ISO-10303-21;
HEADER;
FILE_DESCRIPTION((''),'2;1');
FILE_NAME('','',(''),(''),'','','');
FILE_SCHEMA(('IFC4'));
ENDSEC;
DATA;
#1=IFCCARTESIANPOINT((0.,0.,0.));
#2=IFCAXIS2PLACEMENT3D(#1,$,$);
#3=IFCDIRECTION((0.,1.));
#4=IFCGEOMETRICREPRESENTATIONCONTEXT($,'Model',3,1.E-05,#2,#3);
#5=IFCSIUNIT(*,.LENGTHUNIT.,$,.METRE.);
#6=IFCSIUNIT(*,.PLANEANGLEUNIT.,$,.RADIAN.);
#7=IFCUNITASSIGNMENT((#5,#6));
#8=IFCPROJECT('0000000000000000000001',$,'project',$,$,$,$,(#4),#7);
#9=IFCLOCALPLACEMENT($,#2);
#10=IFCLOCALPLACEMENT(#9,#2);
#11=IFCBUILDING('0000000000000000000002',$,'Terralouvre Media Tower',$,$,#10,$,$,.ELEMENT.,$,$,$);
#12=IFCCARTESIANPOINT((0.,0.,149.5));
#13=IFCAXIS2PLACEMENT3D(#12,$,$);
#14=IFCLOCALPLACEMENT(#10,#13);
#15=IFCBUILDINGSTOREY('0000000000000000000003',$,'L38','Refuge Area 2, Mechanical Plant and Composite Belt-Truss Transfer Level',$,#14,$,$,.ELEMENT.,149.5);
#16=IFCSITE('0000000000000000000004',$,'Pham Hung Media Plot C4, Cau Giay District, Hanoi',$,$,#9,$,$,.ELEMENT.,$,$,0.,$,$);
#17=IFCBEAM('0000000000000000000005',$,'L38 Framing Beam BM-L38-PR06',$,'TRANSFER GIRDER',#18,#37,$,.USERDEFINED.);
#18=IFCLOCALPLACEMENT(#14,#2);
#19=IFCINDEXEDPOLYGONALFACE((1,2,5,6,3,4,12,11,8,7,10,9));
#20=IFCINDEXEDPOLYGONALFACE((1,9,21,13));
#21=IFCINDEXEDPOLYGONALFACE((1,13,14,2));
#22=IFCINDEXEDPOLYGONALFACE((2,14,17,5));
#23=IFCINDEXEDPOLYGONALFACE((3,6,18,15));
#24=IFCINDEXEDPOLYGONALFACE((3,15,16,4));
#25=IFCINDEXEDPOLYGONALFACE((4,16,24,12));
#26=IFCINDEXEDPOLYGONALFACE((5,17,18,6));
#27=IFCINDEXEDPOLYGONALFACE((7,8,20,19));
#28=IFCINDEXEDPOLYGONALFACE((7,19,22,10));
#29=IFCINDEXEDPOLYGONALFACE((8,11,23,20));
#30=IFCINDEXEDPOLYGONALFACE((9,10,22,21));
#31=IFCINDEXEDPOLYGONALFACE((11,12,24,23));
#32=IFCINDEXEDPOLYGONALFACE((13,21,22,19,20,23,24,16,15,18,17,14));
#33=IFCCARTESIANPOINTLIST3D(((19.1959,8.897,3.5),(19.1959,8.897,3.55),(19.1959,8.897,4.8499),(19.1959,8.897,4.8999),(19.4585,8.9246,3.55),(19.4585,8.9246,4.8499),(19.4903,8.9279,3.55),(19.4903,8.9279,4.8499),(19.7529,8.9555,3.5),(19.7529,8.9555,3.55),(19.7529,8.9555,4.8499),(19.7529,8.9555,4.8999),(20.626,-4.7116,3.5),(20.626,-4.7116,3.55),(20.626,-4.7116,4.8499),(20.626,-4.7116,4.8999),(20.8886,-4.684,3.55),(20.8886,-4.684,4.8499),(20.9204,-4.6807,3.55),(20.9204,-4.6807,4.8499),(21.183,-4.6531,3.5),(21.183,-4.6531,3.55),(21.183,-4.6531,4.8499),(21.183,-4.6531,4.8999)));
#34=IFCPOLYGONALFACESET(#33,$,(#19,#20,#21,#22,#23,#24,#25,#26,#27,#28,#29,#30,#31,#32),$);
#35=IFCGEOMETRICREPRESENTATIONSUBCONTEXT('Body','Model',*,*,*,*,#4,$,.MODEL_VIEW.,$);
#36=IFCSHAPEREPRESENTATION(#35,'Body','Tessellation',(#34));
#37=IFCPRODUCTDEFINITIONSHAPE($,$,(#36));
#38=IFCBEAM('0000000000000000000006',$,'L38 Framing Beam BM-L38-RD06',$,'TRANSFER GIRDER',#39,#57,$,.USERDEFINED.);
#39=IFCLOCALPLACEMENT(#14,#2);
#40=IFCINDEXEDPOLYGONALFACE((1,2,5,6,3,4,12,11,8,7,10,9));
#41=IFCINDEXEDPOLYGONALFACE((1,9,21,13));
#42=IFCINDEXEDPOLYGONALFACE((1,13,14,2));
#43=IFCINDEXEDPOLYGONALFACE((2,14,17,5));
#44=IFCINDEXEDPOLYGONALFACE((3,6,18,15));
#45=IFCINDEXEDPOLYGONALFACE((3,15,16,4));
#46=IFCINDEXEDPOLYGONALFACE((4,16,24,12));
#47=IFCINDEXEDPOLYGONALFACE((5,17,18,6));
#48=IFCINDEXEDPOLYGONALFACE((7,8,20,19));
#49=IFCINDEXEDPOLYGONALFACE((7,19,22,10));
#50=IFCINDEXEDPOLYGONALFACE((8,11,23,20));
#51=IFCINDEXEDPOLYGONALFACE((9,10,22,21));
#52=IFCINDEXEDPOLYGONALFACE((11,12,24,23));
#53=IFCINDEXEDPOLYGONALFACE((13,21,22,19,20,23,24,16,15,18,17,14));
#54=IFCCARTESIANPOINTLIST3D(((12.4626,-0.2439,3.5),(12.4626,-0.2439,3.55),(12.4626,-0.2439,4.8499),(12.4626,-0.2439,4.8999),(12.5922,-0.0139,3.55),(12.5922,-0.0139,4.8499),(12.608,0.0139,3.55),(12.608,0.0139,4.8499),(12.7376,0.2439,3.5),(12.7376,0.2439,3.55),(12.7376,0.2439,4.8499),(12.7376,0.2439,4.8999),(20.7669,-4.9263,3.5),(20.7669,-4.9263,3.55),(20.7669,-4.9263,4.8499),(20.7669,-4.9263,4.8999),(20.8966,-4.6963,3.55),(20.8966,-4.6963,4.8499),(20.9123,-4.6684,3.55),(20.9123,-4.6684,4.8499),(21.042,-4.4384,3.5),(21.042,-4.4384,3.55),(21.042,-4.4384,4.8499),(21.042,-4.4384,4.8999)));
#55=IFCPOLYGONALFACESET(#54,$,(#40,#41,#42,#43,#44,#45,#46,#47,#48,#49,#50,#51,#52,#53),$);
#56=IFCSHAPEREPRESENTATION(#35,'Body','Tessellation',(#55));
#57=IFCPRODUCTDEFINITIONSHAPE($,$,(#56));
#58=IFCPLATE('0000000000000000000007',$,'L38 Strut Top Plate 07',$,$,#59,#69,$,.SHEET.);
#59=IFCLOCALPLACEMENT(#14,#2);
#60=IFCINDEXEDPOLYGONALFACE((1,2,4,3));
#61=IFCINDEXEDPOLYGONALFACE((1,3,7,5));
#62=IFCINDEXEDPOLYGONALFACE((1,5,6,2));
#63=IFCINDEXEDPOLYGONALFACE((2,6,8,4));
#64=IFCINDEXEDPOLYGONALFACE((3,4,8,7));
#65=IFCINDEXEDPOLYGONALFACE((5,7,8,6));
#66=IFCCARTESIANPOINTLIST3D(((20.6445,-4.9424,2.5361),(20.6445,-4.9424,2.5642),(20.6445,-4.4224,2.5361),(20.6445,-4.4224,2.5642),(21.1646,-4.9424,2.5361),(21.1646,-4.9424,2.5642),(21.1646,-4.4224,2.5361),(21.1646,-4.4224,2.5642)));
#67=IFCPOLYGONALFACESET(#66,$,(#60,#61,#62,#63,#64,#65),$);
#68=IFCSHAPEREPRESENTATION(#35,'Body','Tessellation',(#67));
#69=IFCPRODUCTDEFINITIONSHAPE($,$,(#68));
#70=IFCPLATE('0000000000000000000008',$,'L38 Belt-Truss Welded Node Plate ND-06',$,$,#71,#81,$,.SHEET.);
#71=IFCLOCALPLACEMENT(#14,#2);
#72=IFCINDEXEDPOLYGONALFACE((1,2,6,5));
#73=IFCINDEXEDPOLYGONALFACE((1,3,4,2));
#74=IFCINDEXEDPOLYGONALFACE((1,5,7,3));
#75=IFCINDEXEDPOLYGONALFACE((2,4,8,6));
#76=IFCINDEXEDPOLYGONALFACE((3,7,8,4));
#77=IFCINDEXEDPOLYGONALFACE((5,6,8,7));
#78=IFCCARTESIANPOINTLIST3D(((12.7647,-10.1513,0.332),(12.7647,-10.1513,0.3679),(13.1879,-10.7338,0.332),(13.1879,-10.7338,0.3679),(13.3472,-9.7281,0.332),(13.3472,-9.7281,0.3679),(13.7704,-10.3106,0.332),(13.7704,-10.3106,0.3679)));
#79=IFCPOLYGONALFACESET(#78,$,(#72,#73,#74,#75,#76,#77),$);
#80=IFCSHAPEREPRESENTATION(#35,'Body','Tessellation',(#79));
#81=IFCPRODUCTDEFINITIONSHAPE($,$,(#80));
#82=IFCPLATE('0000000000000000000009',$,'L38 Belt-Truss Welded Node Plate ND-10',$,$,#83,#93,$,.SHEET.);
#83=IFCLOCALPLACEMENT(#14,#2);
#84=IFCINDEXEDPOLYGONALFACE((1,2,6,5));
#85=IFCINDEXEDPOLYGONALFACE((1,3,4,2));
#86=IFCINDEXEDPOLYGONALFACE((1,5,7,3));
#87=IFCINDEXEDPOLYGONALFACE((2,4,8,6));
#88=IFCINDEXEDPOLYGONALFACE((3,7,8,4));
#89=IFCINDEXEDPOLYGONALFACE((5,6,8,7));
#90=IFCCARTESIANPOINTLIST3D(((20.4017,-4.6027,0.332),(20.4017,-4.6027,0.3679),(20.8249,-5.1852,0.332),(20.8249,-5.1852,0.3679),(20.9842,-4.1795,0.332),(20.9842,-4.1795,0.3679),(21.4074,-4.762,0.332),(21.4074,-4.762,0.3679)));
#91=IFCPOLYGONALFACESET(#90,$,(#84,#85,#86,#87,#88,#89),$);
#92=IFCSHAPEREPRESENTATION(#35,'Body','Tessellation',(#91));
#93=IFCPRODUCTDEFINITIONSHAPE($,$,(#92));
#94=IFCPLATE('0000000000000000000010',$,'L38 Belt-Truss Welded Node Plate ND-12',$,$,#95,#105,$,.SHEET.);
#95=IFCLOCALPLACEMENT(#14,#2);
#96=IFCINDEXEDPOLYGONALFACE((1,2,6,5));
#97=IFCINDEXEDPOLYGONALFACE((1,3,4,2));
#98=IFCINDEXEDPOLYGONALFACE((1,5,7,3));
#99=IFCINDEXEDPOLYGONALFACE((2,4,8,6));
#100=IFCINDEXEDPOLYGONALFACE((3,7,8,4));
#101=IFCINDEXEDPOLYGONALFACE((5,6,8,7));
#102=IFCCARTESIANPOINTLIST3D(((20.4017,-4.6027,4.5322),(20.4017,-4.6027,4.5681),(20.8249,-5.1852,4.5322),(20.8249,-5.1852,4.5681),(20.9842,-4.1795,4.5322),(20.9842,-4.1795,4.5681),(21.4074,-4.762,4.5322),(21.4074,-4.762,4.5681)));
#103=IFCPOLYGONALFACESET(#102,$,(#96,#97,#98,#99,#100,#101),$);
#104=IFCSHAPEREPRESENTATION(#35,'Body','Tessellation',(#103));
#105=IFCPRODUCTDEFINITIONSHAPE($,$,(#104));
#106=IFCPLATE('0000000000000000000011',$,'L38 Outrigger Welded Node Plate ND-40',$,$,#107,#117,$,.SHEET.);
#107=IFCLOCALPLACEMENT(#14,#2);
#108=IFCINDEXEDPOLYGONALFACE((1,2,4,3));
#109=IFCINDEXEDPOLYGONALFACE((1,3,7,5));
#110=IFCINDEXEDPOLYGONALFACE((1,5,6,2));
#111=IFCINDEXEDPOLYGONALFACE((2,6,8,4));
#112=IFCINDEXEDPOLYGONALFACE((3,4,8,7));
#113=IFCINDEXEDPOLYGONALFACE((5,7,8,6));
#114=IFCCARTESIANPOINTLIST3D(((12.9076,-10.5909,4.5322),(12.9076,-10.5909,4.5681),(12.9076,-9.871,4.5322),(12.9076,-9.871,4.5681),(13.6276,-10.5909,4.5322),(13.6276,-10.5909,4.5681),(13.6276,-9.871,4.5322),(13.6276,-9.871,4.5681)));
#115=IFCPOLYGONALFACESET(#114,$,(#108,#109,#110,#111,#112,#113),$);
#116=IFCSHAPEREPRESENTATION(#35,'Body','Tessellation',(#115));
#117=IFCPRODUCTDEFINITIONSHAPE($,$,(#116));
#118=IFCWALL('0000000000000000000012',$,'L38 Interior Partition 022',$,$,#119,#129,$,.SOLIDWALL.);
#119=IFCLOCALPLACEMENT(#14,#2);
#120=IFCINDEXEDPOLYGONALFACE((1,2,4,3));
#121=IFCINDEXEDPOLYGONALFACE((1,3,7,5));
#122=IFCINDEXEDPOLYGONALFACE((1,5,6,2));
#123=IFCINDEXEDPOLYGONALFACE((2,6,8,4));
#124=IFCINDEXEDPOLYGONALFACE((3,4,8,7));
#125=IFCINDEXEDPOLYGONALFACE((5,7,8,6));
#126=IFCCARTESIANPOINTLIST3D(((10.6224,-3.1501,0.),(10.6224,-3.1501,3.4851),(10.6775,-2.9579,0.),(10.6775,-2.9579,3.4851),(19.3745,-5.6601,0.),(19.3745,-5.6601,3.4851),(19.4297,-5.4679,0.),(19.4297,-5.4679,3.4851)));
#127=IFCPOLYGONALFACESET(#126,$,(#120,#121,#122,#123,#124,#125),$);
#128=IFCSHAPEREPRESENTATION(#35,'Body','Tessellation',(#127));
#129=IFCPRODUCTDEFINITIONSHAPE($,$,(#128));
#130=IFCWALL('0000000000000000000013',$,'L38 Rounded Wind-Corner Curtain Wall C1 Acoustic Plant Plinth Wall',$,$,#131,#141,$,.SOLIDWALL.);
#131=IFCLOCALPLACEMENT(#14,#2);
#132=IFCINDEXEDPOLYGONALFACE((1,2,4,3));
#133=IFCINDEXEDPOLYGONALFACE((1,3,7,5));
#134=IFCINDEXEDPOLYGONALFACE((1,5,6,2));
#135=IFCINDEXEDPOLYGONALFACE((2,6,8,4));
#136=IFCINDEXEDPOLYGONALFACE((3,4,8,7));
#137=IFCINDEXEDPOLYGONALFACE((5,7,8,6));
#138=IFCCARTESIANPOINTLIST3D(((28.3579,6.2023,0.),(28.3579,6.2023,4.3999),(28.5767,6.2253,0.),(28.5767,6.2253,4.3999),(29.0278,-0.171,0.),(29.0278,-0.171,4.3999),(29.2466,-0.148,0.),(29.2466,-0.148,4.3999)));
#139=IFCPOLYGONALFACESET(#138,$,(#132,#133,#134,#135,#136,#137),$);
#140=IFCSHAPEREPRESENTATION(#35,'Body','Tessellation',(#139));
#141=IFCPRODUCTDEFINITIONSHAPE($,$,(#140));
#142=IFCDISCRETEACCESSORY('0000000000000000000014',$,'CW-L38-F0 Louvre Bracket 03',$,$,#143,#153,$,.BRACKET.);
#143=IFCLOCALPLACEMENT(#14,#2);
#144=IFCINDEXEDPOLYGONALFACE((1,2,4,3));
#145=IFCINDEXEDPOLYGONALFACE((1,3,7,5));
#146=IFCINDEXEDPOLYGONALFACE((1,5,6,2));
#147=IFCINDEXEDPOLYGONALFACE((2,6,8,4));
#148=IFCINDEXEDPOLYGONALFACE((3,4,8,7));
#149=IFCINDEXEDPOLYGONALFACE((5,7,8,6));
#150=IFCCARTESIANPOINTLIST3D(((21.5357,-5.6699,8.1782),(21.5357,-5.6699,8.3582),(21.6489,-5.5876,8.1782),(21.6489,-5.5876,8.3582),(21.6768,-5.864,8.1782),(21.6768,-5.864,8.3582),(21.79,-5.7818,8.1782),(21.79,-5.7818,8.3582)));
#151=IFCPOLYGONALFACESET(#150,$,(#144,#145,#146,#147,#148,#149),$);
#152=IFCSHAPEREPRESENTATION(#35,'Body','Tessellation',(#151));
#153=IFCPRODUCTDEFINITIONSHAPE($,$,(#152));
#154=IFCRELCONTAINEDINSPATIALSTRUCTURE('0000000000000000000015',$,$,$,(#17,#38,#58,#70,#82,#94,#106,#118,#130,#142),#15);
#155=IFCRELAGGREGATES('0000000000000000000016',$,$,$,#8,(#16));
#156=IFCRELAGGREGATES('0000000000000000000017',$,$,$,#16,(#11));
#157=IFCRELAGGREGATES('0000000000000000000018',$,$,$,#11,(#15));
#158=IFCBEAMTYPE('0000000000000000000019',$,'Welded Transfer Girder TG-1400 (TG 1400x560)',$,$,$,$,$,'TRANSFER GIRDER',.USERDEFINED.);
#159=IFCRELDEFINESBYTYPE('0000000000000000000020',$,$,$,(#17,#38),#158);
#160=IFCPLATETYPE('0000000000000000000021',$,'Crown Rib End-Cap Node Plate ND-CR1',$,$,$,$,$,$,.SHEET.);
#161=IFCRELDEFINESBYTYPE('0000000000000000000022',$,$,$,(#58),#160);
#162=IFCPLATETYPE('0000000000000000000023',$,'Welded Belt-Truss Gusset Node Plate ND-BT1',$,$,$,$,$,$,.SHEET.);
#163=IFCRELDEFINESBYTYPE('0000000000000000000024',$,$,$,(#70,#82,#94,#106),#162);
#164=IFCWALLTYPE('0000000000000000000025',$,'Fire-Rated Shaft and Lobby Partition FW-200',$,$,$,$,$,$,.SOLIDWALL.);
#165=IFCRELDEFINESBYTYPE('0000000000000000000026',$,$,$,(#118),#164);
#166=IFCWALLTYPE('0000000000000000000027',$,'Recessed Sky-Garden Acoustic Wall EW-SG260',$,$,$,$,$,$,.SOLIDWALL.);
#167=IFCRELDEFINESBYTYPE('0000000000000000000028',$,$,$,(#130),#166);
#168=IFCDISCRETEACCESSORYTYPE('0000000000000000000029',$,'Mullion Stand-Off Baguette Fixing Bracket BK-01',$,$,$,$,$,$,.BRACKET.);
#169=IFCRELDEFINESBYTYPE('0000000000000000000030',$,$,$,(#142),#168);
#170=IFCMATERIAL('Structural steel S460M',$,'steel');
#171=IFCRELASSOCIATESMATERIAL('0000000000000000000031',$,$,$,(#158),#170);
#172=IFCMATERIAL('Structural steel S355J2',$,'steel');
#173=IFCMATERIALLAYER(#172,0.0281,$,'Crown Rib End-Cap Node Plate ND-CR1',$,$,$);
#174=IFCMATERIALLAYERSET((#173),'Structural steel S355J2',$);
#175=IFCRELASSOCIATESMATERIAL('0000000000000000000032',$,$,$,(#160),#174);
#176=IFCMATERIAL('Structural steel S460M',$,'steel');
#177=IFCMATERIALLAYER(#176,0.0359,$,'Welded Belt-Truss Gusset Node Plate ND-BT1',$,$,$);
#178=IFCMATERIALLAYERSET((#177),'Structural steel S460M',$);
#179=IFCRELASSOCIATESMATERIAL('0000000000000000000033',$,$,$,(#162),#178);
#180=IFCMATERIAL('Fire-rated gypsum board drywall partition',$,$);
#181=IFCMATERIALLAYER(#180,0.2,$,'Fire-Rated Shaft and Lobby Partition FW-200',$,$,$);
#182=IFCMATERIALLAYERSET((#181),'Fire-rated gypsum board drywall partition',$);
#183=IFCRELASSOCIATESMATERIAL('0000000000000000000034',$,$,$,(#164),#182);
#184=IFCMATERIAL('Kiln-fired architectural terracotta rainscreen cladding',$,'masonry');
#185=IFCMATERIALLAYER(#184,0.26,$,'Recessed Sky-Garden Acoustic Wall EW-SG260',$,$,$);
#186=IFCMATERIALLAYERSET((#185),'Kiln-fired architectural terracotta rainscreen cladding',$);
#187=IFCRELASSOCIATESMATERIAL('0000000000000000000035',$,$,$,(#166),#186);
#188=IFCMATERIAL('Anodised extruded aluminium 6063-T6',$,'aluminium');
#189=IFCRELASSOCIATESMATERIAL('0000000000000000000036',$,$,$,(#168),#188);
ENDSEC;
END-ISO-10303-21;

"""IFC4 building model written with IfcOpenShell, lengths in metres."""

from ifc_helpers import new_model, si_unit, direction, frame, frame_2d, origin, origin_2d, place, context, subcontext, project, spatial, rectangle, i_section, extrude, material, layer, layer_set, material_profile, profile_set, type_object, element, save


model = new_model("IFC4")

# Units and contexts
model_context = context("Model", 3, precision=1e-05, world=origin(), true_north=direction((0.0, 1.0)))
body_context = subcontext(model_context, "Body", "Model", "MODEL_VIEW")
ifc_project = project(units=[si_unit("LENGTHUNIT", "METRE"), si_unit("PLANEANGLEUNIT", "RADIAN")], contexts=[model_context])

# Site, building, storey
site_placement = place(None, origin())
site = spatial("IfcSite", under=ifc_project, at=site_placement, Name="Pham Hung Media Plot C4, Cau Giay District, Hanoi", CompositionType="ELEMENT", RefElevation=0.0)
building_placement = place(site_placement, origin())
building = spatial("IfcBuilding", under=site, at=building_placement, Name="Terralouvre Media Tower", CompositionType="ELEMENT")
storey_placement = place(building_placement, frame((0.0, 0.0, 149.5)))
storey = spatial("IfcBuildingStorey", under=building, at=storey_placement, Name="L38", Description="Refuge Area 2, Mechanical Plant and Composite Belt-Truss Transfer Level", CompositionType="ELEMENT", Elevation=149.5)

# Beams
ifc_material_1 = material(Name="Structural steel S460M", Category="steel")
ifc_material_profile_1 = material_profile(ifc_material_1, i_section(OverallWidth=0.5601, OverallDepth=1.3999, WebThickness=0.032, FlangeThickness=0.05, at=origin_2d()), Name="TG 1400x560")
ifc_profile_set_1 = profile_set([ifc_material_profile_1], Name="Structural steel S460M")
beam_type_1 = type_object("IfcBeamType", Name="Welded Transfer Girder TG-1400 (TG 1400x560)", ElementType="TRANSFER GIRDER", PredefinedType="USERDEFINED", material=ifc_profile_set_1)
beam_1_placement = place(storey_placement, frame((20.9045, -4.6824, 4.2), z_axis=(-0.104518, 0.994523, 0.0), x_axis=(-0.994523, -0.104518, 0.0)))
element("IfcBeam", 1, at=beam_1_placement, inside=storey, type_object=beam_type_1, Name="L38 Framing Beam BM-L38-PR06", ObjectType="TRANSFER GIRDER", PredefinedType="USERDEFINED", context=body_context, shape_type="SweptSolid", body=[
    extrude(i_section(OverallWidth=0.5601, OverallDepth=1.3999, WebThickness=0.032, FlangeThickness=0.05, at=origin_2d()), origin(), (0.0, 0.0, 1.0), 13.6836),
])
beam_2_placement = place(storey_placement, frame((12.6001, 0.0, 4.2), z_axis=(0.871077, -0.491147, 0.0), x_axis=(0.491147, 0.871077, 0.0)))
element("IfcBeam", 2, at=beam_2_placement, inside=storey, type_object=beam_type_1, Name="L38 Framing Beam BM-L38-RD06", ObjectType="TRANSFER GIRDER", PredefinedType="USERDEFINED", context=body_context, shape_type="SweptSolid", body=[
    extrude(i_section(OverallWidth=0.5601, OverallDepth=1.3999, WebThickness=0.032, FlangeThickness=0.05, at=origin_2d()), origin(), (0.0, 0.0, 1.0), 9.5334),
])

# Plates
ifc_material_2 = material(Name="Structural steel S355J2", Category="steel")
ifc_layer_1 = layer(ifc_material_2, 0.0281, Name="Crown Rib End-Cap Node Plate ND-CR1")
ifc_layer_set_1 = layer_set([ifc_layer_1], Name="Structural steel S355J2")
plate_type_1 = type_object("IfcPlateType", Name="Crown Rib End-Cap Node Plate ND-CR1", PredefinedType="SHEET", material=ifc_layer_set_1)
plate_placement = place(storey_placement, frame((20.9045, -4.6824, 2.5361), z_axis=(0.0, 0.0, 1.0), x_axis=(1.0, 0.0, 0.0)))
element("IfcPlate", 3, at=plate_placement, inside=storey, type_object=plate_type_1, Name="L38 Strut Top Plate 07", PredefinedType="SHEET", context=body_context, shape_type="SweptSolid", body=[
    extrude(rectangle(XDim=0.52, YDim=0.52, at=origin_2d()), origin(), (0.0, 0.0, 1.0), 0.0281),
])
ifc_material_3 = material(Name="Structural steel S460M", Category="steel")
ifc_layer_2 = layer(ifc_material_3, 0.0359, Name="Welded Belt-Truss Gusset Node Plate ND-BT1")
ifc_layer_set_2 = layer_set([ifc_layer_2], Name="Structural steel S460M")
plate_type_2 = type_object("IfcPlateType", Name="Welded Belt-Truss Gusset Node Plate ND-BT1", PredefinedType="SHEET", material=ifc_layer_set_2)
for number, where, z_axis, x_axis, name in (
    (4, (13.2676, -10.231, 0.332), (0.0, 0.0, 1.0), (0.809017, 0.587785, 0.0), "L38 Belt-Truss Welded Node Plate ND-06"),
    (5, (20.9045, -4.6824, 0.332), (0.0, 0.0, 1.0), (0.809017, 0.587785, 0.0), "L38 Belt-Truss Welded Node Plate ND-10"),
    (6, (20.9045, -4.6824, 4.5322), (0.0, 0.0, 1.0), (0.809017, 0.587785, 0.0), "L38 Belt-Truss Welded Node Plate ND-12"),
    (7, (13.2676, -10.231, 4.5322), (0.0, 0.0, 1.0), (1.0, 0.0, 0.0), "L38 Outrigger Welded Node Plate ND-40"),
):
    element("IfcPlate", number, at=place(storey_placement, frame(where, z_axis=z_axis, x_axis=x_axis)), inside=storey, type_object=plate_type_2, Name=name, PredefinedType="SHEET", context=body_context, shape_type="SweptSolid", body=[
        extrude(rectangle(XDim=0.72, YDim=0.72, at=origin_2d()), origin(), (0.0, 0.0, 1.0), 0.0359),
    ])

# Walls
ifc_material_4 = material(Name="Fire-rated gypsum board drywall partition")
ifc_layer_3 = layer(ifc_material_4, 0.2, Name="Fire-Rated Shaft and Lobby Partition FW-200")
ifc_layer_set_3 = layer_set([ifc_layer_3], Name="Fire-rated gypsum board drywall partition")
wall_type_1 = type_object("IfcWallType", Name="Fire-Rated Shaft and Lobby Partition FW-200", PredefinedType="SOLIDWALL", material=ifc_layer_set_3)
wall_1_placement = place(storey_placement, frame((19.4021, -5.564, 0.0), z_axis=(0.0, 0.0, 1.0), x_axis=(-0.961251, 0.275674, 0.0)))
element("IfcWall", 8, at=wall_1_placement, inside=storey, type_object=wall_type_1, Name="L38 Interior Partition 022", PredefinedType="SOLIDWALL", context=body_context, shape_type="SweptSolid", body=[
    extrude(rectangle(XDim=9.105, YDim=0.2, at=frame_2d((4.5525, 0.0))), origin(), (0.0, 0.0, 1.0), 3.4851),
])
ifc_material_5 = material(Name="Kiln-fired architectural terracotta rainscreen cladding", Category="masonry")
ifc_layer_4 = layer(ifc_material_5, 0.26, Name="Recessed Sky-Garden Acoustic Wall EW-SG260")
ifc_layer_set_4 = layer_set([ifc_layer_4], Name="Kiln-fired architectural terracotta rainscreen cladding")
wall_type_2 = type_object("IfcWallType", Name="Recessed Sky-Garden Acoustic Wall EW-SG260", PredefinedType="SOLIDWALL", material=ifc_layer_set_4)
wall_2_placement = place(storey_placement, frame((29.1372, -0.1594, 0.0), z_axis=(0.0, 0.0, 1.0), x_axis=(-0.104538, 0.994521, 0.0)))
element("IfcWall", 9, at=wall_2_placement, inside=storey, type_object=wall_type_2, Name="L38 Rounded Wind-Corner Curtain Wall C1 Acoustic Plant Plinth Wall", PredefinedType="SOLIDWALL", context=body_context, shape_type="SweptSolid", body=[
    extrude(rectangle(XDim=6.4084, YDim=0.22, at=frame_2d((3.2041, 0.0))), origin(), (0.0, 0.0, 1.0), 4.3999),
])

# Discrete accessory
ifc_material_6 = material(Name="Anodised extruded aluminium 6063-T6", Category="aluminium")
discrete_accessory_type = type_object("IfcDiscreteAccessoryType", Name="Mullion Stand-Off Baguette Fixing Bracket BK-01", PredefinedType="BRACKET", material=ifc_material_6)
discrete_accessory_placement = place(storey_placement, frame((21.6628, -5.7258, 8.1782), z_axis=(0.0, 0.0, 1.0), x_axis=(0.809017, 0.587785, 0.0)))
element("IfcDiscreteAccessory", 10, at=discrete_accessory_placement, inside=storey, type_object=discrete_accessory_type, Name="CW-L38-F0 Louvre Bracket 03", PredefinedType="BRACKET", context=body_context, shape_type="SweptSolid", body=[
    extrude(rectangle(XDim=0.1399, YDim=0.24, at=origin_2d()), origin(), (0.0, 0.0, 1.0), 0.1799),
])

save(model, "model.ifc")
